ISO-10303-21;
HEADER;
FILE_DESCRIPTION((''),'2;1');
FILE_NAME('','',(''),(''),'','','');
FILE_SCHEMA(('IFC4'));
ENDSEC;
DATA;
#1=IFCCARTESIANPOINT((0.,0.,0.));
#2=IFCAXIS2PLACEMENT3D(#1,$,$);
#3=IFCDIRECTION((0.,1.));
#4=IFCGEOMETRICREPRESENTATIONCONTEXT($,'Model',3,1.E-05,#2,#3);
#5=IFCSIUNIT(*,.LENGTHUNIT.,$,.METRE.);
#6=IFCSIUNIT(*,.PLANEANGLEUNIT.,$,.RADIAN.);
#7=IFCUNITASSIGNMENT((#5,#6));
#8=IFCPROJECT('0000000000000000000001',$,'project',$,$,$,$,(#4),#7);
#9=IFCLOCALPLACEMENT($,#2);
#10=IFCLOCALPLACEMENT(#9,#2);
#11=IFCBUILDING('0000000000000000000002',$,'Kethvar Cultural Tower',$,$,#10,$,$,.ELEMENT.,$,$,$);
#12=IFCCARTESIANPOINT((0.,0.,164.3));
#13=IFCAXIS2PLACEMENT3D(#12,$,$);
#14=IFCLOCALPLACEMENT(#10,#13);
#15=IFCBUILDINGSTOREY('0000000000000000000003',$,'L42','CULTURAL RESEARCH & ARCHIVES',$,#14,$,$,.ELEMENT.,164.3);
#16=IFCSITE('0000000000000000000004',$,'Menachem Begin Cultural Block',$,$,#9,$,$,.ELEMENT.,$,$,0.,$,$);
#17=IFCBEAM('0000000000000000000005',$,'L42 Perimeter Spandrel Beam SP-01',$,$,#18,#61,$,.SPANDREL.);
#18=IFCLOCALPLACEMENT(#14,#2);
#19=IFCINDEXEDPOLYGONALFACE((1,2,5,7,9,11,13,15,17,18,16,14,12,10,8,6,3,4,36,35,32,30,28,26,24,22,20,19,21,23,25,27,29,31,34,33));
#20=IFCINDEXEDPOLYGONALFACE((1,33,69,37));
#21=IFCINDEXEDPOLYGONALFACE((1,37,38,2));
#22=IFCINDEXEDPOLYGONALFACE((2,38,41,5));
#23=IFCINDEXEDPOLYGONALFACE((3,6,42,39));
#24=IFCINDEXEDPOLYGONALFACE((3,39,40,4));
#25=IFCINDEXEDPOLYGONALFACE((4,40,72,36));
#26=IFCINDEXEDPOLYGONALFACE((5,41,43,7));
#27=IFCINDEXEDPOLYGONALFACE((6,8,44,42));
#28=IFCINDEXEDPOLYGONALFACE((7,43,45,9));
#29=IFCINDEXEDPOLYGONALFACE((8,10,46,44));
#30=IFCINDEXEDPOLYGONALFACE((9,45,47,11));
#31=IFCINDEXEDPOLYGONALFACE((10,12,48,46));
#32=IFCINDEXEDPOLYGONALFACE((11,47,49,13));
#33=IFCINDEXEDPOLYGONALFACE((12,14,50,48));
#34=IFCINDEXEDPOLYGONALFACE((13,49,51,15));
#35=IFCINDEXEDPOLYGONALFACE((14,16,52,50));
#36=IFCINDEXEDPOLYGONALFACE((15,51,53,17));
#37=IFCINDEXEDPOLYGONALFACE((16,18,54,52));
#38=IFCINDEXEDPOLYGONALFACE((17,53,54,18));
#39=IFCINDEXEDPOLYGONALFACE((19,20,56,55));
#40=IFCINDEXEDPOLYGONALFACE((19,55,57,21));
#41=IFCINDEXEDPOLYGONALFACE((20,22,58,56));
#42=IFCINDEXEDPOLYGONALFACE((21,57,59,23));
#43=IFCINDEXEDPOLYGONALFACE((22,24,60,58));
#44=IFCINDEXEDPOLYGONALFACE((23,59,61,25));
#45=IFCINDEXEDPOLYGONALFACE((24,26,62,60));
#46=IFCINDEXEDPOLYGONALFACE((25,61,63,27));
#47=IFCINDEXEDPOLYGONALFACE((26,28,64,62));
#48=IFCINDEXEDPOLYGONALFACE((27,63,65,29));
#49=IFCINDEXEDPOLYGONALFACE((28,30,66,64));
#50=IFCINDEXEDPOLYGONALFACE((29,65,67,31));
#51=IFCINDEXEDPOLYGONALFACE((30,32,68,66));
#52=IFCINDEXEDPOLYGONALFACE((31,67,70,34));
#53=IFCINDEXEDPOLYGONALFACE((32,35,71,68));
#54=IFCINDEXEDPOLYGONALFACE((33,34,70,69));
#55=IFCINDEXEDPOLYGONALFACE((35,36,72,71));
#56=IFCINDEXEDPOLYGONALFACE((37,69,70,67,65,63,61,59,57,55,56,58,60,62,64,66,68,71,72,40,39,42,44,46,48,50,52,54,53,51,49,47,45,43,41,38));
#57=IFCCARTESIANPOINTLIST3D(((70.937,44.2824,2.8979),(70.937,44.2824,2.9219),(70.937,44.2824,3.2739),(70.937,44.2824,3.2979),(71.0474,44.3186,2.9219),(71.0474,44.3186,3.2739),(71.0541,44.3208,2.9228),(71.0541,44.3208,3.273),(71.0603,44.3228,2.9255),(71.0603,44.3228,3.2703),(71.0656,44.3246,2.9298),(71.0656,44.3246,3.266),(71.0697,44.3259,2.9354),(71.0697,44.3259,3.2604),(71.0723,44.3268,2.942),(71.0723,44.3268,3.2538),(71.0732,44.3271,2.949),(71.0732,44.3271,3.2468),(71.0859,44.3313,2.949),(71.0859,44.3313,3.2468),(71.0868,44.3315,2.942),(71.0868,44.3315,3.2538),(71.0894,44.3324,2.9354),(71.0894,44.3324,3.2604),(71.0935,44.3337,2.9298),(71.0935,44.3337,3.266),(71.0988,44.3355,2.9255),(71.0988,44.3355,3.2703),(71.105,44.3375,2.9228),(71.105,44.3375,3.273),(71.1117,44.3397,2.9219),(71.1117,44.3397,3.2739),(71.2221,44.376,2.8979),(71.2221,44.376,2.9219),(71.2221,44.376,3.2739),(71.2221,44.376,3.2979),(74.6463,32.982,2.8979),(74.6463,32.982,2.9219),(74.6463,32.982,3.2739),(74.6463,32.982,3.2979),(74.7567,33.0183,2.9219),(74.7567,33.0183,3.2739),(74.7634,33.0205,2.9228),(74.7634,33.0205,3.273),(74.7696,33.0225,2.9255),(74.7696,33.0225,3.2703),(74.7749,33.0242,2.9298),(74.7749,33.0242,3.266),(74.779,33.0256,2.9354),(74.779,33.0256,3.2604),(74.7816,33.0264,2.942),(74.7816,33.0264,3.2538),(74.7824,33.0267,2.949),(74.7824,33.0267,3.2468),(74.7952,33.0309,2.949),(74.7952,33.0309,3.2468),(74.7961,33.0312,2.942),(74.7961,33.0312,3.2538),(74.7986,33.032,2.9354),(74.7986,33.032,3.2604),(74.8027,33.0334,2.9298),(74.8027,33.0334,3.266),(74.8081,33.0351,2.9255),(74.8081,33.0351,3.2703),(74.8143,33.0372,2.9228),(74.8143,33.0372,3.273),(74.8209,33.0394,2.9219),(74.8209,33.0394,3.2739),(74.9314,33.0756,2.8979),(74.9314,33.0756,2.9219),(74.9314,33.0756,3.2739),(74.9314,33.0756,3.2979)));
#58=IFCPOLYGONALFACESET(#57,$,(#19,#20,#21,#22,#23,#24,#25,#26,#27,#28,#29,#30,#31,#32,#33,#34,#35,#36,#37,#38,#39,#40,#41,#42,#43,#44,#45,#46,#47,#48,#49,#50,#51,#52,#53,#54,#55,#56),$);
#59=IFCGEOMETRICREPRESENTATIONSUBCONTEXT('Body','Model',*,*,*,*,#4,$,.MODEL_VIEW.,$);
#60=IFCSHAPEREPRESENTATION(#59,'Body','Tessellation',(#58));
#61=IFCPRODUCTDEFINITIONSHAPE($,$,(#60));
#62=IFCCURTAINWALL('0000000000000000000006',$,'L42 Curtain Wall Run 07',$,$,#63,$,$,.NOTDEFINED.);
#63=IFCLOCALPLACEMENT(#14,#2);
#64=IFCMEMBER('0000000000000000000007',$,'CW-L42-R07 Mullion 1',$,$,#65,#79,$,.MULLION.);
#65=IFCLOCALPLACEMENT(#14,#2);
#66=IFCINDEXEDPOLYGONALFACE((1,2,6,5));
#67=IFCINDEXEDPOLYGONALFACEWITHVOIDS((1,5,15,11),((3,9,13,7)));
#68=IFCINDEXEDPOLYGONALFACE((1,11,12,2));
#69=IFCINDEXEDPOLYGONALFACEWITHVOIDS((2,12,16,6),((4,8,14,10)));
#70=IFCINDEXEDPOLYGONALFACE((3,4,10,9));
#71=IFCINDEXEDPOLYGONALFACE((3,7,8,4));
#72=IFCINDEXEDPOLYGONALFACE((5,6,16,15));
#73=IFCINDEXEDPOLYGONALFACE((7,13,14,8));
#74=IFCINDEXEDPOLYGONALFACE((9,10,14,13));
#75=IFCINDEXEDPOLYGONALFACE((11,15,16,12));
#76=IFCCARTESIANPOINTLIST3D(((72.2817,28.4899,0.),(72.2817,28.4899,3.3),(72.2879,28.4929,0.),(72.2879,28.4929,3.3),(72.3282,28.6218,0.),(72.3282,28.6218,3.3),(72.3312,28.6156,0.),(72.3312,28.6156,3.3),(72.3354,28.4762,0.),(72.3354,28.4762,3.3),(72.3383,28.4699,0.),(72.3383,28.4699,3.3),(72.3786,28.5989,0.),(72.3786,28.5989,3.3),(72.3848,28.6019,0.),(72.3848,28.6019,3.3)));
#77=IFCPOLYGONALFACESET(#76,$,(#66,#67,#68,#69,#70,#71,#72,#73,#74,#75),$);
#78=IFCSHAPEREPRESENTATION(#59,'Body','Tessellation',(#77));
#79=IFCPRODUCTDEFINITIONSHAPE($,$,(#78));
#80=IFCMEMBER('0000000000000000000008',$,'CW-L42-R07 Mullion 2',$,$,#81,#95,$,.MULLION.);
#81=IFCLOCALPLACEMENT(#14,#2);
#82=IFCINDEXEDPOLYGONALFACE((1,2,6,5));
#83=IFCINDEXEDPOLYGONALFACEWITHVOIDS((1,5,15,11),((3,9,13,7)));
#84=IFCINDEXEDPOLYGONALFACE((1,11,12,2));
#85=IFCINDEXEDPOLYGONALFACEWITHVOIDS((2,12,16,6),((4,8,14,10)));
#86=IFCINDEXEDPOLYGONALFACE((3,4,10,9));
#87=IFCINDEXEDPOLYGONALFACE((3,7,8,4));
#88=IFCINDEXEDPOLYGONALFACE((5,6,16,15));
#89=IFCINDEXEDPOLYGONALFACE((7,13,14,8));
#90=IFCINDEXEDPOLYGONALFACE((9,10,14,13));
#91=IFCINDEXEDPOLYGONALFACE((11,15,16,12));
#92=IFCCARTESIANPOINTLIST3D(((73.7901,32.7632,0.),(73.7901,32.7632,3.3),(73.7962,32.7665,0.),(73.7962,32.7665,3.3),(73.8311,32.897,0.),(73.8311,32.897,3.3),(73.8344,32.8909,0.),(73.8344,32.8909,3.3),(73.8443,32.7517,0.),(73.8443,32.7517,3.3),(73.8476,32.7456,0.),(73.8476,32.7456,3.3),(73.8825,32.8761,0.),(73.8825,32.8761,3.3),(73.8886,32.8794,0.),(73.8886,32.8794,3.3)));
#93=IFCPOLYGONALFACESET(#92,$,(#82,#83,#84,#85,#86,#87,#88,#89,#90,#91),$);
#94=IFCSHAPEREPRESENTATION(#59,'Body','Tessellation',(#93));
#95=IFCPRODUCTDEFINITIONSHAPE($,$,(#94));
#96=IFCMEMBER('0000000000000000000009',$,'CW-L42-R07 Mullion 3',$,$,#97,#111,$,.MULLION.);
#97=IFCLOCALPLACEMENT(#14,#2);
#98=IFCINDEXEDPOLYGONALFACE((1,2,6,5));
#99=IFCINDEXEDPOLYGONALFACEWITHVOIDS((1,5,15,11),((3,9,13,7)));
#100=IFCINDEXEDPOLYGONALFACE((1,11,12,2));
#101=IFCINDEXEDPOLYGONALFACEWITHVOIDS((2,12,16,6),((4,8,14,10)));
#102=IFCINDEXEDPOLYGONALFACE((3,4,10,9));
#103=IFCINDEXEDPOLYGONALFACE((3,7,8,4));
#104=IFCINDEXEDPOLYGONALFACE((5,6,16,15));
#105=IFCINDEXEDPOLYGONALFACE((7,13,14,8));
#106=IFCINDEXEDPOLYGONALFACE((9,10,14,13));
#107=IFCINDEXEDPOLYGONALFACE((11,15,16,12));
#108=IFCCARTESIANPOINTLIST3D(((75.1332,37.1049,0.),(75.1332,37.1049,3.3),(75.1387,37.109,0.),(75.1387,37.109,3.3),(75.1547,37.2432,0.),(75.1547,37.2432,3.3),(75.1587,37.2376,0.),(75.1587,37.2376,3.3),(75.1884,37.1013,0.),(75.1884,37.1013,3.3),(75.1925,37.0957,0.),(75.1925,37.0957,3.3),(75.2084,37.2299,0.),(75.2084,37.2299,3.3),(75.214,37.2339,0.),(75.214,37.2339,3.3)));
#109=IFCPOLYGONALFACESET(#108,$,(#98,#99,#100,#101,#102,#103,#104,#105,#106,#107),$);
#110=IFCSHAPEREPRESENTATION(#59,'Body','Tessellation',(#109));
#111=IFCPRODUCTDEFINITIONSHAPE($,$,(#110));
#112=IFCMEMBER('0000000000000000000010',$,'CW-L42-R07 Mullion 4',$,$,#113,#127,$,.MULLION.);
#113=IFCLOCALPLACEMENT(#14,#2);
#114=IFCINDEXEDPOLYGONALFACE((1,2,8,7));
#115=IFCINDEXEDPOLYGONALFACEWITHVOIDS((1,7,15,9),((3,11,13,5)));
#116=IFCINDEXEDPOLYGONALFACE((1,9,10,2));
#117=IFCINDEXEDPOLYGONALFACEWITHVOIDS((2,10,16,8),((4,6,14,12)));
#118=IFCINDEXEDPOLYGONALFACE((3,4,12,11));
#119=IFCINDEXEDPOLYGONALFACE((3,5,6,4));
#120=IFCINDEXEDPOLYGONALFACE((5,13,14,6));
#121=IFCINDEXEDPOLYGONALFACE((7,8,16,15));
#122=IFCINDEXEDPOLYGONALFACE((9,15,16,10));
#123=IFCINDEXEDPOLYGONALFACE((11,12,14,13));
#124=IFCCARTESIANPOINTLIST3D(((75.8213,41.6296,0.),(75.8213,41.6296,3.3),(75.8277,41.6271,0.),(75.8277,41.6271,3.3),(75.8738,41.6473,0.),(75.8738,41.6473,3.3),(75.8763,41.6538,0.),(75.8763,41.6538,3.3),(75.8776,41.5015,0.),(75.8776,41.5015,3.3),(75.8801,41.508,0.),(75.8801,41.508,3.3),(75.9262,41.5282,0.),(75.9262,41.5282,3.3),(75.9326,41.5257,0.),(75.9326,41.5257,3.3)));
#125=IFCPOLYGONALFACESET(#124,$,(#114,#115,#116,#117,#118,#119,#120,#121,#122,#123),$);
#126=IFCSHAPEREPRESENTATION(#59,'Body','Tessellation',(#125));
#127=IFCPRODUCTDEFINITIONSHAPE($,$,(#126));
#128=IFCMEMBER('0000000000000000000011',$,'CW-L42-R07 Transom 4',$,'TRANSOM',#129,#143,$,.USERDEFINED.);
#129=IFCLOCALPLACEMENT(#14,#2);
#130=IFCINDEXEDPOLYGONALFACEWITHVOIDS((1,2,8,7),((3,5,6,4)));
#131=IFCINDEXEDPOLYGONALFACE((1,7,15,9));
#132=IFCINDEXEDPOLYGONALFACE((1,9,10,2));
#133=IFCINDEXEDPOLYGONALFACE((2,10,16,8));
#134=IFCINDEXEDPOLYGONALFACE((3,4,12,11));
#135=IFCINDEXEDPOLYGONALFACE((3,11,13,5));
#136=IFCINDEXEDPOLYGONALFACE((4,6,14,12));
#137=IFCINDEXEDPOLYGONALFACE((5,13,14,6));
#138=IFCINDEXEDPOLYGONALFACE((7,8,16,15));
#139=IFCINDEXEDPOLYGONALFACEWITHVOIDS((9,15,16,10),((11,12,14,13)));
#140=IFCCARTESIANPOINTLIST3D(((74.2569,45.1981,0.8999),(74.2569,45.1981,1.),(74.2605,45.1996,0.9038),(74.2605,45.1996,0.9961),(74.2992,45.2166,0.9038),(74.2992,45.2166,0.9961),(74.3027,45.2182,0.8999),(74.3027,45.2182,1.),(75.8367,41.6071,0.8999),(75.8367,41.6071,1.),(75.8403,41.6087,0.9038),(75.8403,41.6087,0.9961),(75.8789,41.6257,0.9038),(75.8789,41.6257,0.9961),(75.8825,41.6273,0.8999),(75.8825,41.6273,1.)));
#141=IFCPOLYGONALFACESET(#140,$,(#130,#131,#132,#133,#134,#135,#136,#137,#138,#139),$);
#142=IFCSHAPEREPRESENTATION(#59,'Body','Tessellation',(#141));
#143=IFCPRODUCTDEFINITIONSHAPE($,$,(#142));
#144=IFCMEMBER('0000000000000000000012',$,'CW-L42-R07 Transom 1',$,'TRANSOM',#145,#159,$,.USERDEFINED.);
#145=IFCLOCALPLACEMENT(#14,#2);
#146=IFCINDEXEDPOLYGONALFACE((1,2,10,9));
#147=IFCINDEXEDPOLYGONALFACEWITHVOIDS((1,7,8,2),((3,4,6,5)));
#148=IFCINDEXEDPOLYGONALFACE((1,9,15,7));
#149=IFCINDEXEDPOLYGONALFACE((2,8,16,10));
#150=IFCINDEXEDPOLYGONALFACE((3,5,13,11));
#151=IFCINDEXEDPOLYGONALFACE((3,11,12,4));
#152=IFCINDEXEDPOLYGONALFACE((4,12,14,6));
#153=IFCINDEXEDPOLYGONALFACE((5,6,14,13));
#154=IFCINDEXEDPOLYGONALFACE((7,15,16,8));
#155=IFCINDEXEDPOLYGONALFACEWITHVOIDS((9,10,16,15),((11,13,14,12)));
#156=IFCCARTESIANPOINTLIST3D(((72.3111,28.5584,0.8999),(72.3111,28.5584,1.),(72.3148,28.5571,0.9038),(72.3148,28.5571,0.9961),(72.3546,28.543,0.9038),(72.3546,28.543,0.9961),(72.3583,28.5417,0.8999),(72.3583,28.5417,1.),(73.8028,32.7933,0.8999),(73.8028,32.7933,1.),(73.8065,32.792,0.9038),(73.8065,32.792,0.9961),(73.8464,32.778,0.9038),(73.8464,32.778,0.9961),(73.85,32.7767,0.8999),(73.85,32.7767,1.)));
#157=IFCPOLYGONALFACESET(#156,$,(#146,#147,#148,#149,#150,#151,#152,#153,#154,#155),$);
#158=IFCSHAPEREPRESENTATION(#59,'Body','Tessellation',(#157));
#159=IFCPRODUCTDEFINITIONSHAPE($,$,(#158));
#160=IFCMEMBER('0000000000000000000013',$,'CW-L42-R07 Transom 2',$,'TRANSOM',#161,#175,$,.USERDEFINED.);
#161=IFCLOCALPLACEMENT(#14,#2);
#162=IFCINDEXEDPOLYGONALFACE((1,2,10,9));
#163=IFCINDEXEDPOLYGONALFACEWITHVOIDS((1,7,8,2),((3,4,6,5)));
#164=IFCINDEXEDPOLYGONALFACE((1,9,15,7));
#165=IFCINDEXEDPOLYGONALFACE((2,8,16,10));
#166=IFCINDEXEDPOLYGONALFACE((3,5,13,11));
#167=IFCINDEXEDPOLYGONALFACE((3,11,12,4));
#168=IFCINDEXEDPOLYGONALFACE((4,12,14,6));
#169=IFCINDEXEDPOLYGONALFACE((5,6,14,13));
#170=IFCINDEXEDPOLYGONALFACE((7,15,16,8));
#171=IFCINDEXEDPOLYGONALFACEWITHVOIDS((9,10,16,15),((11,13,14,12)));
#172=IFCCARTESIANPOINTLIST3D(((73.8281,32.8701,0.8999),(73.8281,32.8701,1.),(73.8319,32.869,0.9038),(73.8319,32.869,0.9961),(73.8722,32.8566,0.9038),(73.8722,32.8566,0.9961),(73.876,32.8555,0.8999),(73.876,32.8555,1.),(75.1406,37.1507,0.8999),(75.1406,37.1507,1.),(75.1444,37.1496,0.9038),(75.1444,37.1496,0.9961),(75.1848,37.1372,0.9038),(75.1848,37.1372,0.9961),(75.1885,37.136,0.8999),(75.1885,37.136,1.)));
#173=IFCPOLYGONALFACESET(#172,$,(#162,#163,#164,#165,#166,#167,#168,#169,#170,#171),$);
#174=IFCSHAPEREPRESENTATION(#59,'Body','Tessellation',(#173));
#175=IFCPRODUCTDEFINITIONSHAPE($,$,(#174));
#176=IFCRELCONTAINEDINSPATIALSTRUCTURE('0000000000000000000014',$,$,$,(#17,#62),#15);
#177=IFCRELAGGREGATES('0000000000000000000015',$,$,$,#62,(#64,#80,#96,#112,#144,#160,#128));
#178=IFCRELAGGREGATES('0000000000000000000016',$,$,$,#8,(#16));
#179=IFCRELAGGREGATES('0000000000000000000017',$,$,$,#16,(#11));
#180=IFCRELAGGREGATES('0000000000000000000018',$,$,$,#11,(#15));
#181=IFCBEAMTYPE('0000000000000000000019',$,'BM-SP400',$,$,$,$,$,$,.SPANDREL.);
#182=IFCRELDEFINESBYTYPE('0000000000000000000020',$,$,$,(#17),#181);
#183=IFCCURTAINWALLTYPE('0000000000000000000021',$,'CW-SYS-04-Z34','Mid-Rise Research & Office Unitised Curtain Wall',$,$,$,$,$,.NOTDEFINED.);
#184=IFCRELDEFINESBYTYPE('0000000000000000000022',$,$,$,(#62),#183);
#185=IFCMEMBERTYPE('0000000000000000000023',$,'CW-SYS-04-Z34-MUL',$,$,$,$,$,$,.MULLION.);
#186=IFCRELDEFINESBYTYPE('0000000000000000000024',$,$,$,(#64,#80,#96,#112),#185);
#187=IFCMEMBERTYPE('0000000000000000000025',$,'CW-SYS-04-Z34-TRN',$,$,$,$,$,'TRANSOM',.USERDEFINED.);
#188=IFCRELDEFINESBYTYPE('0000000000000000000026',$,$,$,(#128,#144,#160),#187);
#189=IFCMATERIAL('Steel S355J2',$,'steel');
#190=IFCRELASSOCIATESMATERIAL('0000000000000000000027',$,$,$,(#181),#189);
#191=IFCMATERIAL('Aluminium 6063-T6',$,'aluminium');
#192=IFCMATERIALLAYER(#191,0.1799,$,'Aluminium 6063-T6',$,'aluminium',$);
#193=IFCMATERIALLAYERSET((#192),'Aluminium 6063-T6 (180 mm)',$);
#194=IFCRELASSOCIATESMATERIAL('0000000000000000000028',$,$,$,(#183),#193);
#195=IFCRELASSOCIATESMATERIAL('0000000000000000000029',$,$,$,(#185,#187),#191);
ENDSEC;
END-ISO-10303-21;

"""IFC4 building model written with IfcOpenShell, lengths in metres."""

from ifc_helpers import new_model, si_unit, direction, frame, origin, origin_2d, place, context, subcontext, project, spatial, hollow_rectangle, i_section, extrude, source, transform, mapped, material, layer, layer_set, material_profile, profile_set, type_object, element, aggregate, save


model = new_model("IFC4")

# Units and contexts
model_context = context("Model", 3, precision=1e-05, world=origin(), true_north=direction((0.0, 1.0)))
body_context = subcontext(model_context, "Body", "Model", "MODEL_VIEW")
ifc_project = project(units=[si_unit("LENGTHUNIT", "METRE"), si_unit("PLANEANGLEUNIT", "RADIAN")], contexts=[model_context])

# Site, building, storey
site_placement = place(None, origin())
site = spatial("IfcSite", under=ifc_project, at=site_placement, Name="Menachem Begin Cultural Block", CompositionType="ELEMENT", RefElevation=0.0)
building_placement = place(site_placement, origin())
building = spatial("IfcBuilding", under=site, at=building_placement, Name="Kethvar Cultural Tower", CompositionType="ELEMENT")
storey_placement = place(building_placement, frame((0.0, 0.0, 164.3)))
storey = spatial("IfcBuildingStorey", under=building, at=storey_placement, Name="L42", Description="CULTURAL RESEARCH & ARCHIVES", CompositionType="ELEMENT", Elevation=164.3)

# Beam
ifc_material_1 = material(Name="Steel S355J2", Category="steel")
ifc_material_profile_1 = material_profile(ifc_material_1, i_section(OverallWidth=0.3, OverallDepth=0.3999, WebThickness=0.0134, FlangeThickness=0.0239, FilletRadius=0.0271, at=origin_2d()), Name="Steel S355J2 — HEB400")
ifc_profile_set_1 = profile_set([ifc_material_profile_1], Name="Steel S355J2 — HEB400")
beam_type_1 = type_object("IfcBeamType", Name="BM-SP400", PredefinedType="SPANDREL", material=ifc_profile_set_1)
shared_shape_1 = source(origin(), body_context, "Body", "SweptSolid", [
    extrude(i_section(OverallWidth=0.3, OverallDepth=0.3999, WebThickness=0.0134, FlangeThickness=0.0239, FilletRadius=0.0271, at=origin_2d()), origin(), (0.0, 0.0, 1.0), 11.8936),
])
beam_1_placement = place(storey_placement, frame((74.7888, 33.0288, 3.0979), z_axis=(-0.311871, 0.950125, 0.0), x_axis=(-0.950125, -0.311871, 0.0)))
element("IfcBeam", 1, at=beam_1_placement, inside=storey, type_object=beam_type_1, Name="L42 Perimeter Spandrel Beam SP-01", PredefinedType="SPANDREL", context=body_context, shape_type="MappedRepresentation", body=[
    mapped(shared_shape_1, transform((0.0, 0.0, 0.0), scale=1.0)),
])

# Curtain wall, members
ifc_material_2 = material(Name="Aluminium 6063-T6", Category="aluminium")
ifc_layer_1 = layer(ifc_material_2, 0.1799, Name="Aluminium 6063-T6", Category="aluminium")
ifc_layer_set_1 = layer_set([ifc_layer_1], Name="Aluminium 6063-T6 (180 mm)")
curtain_wall_type = type_object("IfcCurtainWallType", Name="CW-SYS-04-Z34", Description="Mid-Rise Research & Office Unitised Curtain Wall", PredefinedType="NOTDEFINED", material=ifc_layer_set_1)
curtain_wall_placement = place(storey_placement, origin())
curtain_wall = element("IfcCurtainWall", 2, at=curtain_wall_placement, inside=storey, type_object=curtain_wall_type, Name="L42 Curtain Wall Run 07", PredefinedType="NOTDEFINED")
ifc_material_profile_2 = material_profile(ifc_material_2, hollow_rectangle(XDim=0.0601, YDim=0.1399, WallThickness=0.0049, at=origin_2d()), Name="Aluminium 6063-T6 — RHS140x60x5")
ifc_profile_set_2 = profile_set([ifc_material_profile_2], Name="Aluminium 6063-T6 — RHS140x60x5")
member_type_1 = type_object("IfcMemberType", Name="CW-SYS-04-Z34-MUL", PredefinedType="MULLION", material=ifc_profile_set_2)
shared_shape_2 = source(origin(), body_context, "Body", "SweptSolid", [
    extrude(hollow_rectangle(XDim=0.0601, YDim=0.1399, WallThickness=0.0049, at=origin_2d()), origin(), (0.0, 0.0, 1.0), 3.3),
])
member_1_placement = place(storey_placement, frame((72.3333, 28.5459, 0.0), z_axis=(0.0, 0.0, 1.0), x_axis=(-0.943194, 0.332243, 0.0)))
member_1 = element("IfcMember", 3, at=member_1_placement, type_object=member_type_1, Name="CW-L42-R07 Mullion 1", PredefinedType="MULLION", context=body_context, shape_type="MappedRepresentation", body=[
    mapped(shared_shape_2, transform((0.0, 0.0, 0.0), scale=1.0)),
])
member_2_placement = place(storey_placement, frame((73.8394, 32.8213, 0.0), z_axis=(0.0, 0.0, 1.0), x_axis=(-0.95607, 0.293139, 0.0)))
member_2 = element("IfcMember", 4, at=member_2_placement, type_object=member_type_1, Name="CW-L42-R07 Mullion 2", PredefinedType="MULLION", context=body_context, shape_type="MappedRepresentation", body=[
    mapped(shared_shape_2, transform((0.0, 0.0, 0.0), scale=1.0)),
])
member_3_placement = place(storey_placement, frame((75.1736, 37.1694, 0.0), z_axis=(0.0, 0.0, 1.0), x_axis=(-0.988119, 0.153693, 0.0)))
member_3 = element("IfcMember", 5, at=member_3_placement, type_object=member_type_1, Name="CW-L42-R07 Mullion 3", PredefinedType="MULLION", context=body_context, shape_type="MappedRepresentation", body=[
    mapped(shared_shape_2, transform((0.0, 0.0, 0.0), scale=1.0)),
])
member_4_placement = place(storey_placement, frame((75.877, 41.5776, 0.0), z_axis=(0.0, 0.0, 1.0), x_axis=(-0.915333, -0.402699, 0.0)))
member_4 = element("IfcMember", 6, at=member_4_placement, type_object=member_type_1, Name="CW-L42-R07 Mullion 4", PredefinedType="MULLION", context=body_context, shape_type="MappedRepresentation", body=[
    mapped(shared_shape_2, transform((0.0, 0.0, 0.0), scale=1.0)),
])
ifc_material_profile_3 = material_profile(ifc_material_2, hollow_rectangle(XDim=0.05, YDim=0.1001, WallThickness=0.0039, at=origin_2d()), Name="Aluminium 6063-T6 — RHS100x50x4")
ifc_profile_set_3 = profile_set([ifc_material_profile_3], Name="Aluminium 6063-T6 — RHS100x50x4")
member_type_2 = type_object("IfcMemberType", Name="CW-SYS-04-Z34-TRN", ElementType="TRANSOM", PredefinedType="USERDEFINED", material=ifc_profile_set_3)
shared_shape_3 = source(origin(), body_context, "Body", "SweptSolid", [
    extrude(hollow_rectangle(XDim=0.05, YDim=0.1001, WallThickness=0.0039, at=origin_2d()), origin(), (0.0, 0.0, 1.0), 3.9231),
])
member_5_placement = place(storey_placement, frame((75.8596, 41.6172, 0.95), z_axis=(-0.402689, 0.915337, 0.0), x_axis=(-0.915337, -0.402689, 0.0)))
member_5 = element("IfcMember", 7, at=member_5_placement, type_object=member_type_2, Name="CW-L42-R07 Transom 4", ObjectType="TRANSOM", PredefinedType="USERDEFINED", context=body_context, shape_type="MappedRepresentation", body=[
    mapped(shared_shape_3, transform((0.0, 0.0, 0.0), scale=1.0)),
])
shared_shape_4 = source(origin(), body_context, "Body", "SweptSolid", [
    extrude(hollow_rectangle(XDim=0.05, YDim=0.1001, WallThickness=0.0039, at=origin_2d()), origin(), (0.0, 0.0, 1.0), 4.49),
])
member_6_placement = place(storey_placement, frame((72.3347, 28.55, 0.95), z_axis=(0.332234, 0.943197, 0.0), x_axis=(-0.943197, 0.332234, 0.0)))
member_6 = element("IfcMember", 8, at=member_6_placement, type_object=member_type_2, Name="CW-L42-R07 Transom 1", ObjectType="TRANSOM", PredefinedType="USERDEFINED", context=body_context, shape_type="MappedRepresentation", body=[
    mapped(shared_shape_4, transform((0.0, 0.0, 0.0), scale=1.0)),
])
shared_shape_5 = source(origin(), body_context, "Body", "SweptSolid", [
    extrude(hollow_rectangle(XDim=0.05, YDim=0.1001, WallThickness=0.0039, at=origin_2d()), origin(), (0.0, 0.0, 1.0), 4.4773),
])
member_7_placement = place(storey_placement, frame((73.8521, 32.8628, 0.95), z_axis=(0.293151, 0.956066, 0.0), x_axis=(-0.956066, 0.293151, 0.0)))
member_7 = element("IfcMember", 9, at=member_7_placement, type_object=member_type_2, Name="CW-L42-R07 Transom 2", ObjectType="TRANSOM", PredefinedType="USERDEFINED", context=body_context, shape_type="MappedRepresentation", body=[
    mapped(shared_shape_5, transform((0.0, 0.0, 0.0), scale=1.0)),
])
aggregate(curtain_wall, [member_1, member_2, member_3, member_4, member_6, member_7, member_5])

save(model, "model.ifc")
